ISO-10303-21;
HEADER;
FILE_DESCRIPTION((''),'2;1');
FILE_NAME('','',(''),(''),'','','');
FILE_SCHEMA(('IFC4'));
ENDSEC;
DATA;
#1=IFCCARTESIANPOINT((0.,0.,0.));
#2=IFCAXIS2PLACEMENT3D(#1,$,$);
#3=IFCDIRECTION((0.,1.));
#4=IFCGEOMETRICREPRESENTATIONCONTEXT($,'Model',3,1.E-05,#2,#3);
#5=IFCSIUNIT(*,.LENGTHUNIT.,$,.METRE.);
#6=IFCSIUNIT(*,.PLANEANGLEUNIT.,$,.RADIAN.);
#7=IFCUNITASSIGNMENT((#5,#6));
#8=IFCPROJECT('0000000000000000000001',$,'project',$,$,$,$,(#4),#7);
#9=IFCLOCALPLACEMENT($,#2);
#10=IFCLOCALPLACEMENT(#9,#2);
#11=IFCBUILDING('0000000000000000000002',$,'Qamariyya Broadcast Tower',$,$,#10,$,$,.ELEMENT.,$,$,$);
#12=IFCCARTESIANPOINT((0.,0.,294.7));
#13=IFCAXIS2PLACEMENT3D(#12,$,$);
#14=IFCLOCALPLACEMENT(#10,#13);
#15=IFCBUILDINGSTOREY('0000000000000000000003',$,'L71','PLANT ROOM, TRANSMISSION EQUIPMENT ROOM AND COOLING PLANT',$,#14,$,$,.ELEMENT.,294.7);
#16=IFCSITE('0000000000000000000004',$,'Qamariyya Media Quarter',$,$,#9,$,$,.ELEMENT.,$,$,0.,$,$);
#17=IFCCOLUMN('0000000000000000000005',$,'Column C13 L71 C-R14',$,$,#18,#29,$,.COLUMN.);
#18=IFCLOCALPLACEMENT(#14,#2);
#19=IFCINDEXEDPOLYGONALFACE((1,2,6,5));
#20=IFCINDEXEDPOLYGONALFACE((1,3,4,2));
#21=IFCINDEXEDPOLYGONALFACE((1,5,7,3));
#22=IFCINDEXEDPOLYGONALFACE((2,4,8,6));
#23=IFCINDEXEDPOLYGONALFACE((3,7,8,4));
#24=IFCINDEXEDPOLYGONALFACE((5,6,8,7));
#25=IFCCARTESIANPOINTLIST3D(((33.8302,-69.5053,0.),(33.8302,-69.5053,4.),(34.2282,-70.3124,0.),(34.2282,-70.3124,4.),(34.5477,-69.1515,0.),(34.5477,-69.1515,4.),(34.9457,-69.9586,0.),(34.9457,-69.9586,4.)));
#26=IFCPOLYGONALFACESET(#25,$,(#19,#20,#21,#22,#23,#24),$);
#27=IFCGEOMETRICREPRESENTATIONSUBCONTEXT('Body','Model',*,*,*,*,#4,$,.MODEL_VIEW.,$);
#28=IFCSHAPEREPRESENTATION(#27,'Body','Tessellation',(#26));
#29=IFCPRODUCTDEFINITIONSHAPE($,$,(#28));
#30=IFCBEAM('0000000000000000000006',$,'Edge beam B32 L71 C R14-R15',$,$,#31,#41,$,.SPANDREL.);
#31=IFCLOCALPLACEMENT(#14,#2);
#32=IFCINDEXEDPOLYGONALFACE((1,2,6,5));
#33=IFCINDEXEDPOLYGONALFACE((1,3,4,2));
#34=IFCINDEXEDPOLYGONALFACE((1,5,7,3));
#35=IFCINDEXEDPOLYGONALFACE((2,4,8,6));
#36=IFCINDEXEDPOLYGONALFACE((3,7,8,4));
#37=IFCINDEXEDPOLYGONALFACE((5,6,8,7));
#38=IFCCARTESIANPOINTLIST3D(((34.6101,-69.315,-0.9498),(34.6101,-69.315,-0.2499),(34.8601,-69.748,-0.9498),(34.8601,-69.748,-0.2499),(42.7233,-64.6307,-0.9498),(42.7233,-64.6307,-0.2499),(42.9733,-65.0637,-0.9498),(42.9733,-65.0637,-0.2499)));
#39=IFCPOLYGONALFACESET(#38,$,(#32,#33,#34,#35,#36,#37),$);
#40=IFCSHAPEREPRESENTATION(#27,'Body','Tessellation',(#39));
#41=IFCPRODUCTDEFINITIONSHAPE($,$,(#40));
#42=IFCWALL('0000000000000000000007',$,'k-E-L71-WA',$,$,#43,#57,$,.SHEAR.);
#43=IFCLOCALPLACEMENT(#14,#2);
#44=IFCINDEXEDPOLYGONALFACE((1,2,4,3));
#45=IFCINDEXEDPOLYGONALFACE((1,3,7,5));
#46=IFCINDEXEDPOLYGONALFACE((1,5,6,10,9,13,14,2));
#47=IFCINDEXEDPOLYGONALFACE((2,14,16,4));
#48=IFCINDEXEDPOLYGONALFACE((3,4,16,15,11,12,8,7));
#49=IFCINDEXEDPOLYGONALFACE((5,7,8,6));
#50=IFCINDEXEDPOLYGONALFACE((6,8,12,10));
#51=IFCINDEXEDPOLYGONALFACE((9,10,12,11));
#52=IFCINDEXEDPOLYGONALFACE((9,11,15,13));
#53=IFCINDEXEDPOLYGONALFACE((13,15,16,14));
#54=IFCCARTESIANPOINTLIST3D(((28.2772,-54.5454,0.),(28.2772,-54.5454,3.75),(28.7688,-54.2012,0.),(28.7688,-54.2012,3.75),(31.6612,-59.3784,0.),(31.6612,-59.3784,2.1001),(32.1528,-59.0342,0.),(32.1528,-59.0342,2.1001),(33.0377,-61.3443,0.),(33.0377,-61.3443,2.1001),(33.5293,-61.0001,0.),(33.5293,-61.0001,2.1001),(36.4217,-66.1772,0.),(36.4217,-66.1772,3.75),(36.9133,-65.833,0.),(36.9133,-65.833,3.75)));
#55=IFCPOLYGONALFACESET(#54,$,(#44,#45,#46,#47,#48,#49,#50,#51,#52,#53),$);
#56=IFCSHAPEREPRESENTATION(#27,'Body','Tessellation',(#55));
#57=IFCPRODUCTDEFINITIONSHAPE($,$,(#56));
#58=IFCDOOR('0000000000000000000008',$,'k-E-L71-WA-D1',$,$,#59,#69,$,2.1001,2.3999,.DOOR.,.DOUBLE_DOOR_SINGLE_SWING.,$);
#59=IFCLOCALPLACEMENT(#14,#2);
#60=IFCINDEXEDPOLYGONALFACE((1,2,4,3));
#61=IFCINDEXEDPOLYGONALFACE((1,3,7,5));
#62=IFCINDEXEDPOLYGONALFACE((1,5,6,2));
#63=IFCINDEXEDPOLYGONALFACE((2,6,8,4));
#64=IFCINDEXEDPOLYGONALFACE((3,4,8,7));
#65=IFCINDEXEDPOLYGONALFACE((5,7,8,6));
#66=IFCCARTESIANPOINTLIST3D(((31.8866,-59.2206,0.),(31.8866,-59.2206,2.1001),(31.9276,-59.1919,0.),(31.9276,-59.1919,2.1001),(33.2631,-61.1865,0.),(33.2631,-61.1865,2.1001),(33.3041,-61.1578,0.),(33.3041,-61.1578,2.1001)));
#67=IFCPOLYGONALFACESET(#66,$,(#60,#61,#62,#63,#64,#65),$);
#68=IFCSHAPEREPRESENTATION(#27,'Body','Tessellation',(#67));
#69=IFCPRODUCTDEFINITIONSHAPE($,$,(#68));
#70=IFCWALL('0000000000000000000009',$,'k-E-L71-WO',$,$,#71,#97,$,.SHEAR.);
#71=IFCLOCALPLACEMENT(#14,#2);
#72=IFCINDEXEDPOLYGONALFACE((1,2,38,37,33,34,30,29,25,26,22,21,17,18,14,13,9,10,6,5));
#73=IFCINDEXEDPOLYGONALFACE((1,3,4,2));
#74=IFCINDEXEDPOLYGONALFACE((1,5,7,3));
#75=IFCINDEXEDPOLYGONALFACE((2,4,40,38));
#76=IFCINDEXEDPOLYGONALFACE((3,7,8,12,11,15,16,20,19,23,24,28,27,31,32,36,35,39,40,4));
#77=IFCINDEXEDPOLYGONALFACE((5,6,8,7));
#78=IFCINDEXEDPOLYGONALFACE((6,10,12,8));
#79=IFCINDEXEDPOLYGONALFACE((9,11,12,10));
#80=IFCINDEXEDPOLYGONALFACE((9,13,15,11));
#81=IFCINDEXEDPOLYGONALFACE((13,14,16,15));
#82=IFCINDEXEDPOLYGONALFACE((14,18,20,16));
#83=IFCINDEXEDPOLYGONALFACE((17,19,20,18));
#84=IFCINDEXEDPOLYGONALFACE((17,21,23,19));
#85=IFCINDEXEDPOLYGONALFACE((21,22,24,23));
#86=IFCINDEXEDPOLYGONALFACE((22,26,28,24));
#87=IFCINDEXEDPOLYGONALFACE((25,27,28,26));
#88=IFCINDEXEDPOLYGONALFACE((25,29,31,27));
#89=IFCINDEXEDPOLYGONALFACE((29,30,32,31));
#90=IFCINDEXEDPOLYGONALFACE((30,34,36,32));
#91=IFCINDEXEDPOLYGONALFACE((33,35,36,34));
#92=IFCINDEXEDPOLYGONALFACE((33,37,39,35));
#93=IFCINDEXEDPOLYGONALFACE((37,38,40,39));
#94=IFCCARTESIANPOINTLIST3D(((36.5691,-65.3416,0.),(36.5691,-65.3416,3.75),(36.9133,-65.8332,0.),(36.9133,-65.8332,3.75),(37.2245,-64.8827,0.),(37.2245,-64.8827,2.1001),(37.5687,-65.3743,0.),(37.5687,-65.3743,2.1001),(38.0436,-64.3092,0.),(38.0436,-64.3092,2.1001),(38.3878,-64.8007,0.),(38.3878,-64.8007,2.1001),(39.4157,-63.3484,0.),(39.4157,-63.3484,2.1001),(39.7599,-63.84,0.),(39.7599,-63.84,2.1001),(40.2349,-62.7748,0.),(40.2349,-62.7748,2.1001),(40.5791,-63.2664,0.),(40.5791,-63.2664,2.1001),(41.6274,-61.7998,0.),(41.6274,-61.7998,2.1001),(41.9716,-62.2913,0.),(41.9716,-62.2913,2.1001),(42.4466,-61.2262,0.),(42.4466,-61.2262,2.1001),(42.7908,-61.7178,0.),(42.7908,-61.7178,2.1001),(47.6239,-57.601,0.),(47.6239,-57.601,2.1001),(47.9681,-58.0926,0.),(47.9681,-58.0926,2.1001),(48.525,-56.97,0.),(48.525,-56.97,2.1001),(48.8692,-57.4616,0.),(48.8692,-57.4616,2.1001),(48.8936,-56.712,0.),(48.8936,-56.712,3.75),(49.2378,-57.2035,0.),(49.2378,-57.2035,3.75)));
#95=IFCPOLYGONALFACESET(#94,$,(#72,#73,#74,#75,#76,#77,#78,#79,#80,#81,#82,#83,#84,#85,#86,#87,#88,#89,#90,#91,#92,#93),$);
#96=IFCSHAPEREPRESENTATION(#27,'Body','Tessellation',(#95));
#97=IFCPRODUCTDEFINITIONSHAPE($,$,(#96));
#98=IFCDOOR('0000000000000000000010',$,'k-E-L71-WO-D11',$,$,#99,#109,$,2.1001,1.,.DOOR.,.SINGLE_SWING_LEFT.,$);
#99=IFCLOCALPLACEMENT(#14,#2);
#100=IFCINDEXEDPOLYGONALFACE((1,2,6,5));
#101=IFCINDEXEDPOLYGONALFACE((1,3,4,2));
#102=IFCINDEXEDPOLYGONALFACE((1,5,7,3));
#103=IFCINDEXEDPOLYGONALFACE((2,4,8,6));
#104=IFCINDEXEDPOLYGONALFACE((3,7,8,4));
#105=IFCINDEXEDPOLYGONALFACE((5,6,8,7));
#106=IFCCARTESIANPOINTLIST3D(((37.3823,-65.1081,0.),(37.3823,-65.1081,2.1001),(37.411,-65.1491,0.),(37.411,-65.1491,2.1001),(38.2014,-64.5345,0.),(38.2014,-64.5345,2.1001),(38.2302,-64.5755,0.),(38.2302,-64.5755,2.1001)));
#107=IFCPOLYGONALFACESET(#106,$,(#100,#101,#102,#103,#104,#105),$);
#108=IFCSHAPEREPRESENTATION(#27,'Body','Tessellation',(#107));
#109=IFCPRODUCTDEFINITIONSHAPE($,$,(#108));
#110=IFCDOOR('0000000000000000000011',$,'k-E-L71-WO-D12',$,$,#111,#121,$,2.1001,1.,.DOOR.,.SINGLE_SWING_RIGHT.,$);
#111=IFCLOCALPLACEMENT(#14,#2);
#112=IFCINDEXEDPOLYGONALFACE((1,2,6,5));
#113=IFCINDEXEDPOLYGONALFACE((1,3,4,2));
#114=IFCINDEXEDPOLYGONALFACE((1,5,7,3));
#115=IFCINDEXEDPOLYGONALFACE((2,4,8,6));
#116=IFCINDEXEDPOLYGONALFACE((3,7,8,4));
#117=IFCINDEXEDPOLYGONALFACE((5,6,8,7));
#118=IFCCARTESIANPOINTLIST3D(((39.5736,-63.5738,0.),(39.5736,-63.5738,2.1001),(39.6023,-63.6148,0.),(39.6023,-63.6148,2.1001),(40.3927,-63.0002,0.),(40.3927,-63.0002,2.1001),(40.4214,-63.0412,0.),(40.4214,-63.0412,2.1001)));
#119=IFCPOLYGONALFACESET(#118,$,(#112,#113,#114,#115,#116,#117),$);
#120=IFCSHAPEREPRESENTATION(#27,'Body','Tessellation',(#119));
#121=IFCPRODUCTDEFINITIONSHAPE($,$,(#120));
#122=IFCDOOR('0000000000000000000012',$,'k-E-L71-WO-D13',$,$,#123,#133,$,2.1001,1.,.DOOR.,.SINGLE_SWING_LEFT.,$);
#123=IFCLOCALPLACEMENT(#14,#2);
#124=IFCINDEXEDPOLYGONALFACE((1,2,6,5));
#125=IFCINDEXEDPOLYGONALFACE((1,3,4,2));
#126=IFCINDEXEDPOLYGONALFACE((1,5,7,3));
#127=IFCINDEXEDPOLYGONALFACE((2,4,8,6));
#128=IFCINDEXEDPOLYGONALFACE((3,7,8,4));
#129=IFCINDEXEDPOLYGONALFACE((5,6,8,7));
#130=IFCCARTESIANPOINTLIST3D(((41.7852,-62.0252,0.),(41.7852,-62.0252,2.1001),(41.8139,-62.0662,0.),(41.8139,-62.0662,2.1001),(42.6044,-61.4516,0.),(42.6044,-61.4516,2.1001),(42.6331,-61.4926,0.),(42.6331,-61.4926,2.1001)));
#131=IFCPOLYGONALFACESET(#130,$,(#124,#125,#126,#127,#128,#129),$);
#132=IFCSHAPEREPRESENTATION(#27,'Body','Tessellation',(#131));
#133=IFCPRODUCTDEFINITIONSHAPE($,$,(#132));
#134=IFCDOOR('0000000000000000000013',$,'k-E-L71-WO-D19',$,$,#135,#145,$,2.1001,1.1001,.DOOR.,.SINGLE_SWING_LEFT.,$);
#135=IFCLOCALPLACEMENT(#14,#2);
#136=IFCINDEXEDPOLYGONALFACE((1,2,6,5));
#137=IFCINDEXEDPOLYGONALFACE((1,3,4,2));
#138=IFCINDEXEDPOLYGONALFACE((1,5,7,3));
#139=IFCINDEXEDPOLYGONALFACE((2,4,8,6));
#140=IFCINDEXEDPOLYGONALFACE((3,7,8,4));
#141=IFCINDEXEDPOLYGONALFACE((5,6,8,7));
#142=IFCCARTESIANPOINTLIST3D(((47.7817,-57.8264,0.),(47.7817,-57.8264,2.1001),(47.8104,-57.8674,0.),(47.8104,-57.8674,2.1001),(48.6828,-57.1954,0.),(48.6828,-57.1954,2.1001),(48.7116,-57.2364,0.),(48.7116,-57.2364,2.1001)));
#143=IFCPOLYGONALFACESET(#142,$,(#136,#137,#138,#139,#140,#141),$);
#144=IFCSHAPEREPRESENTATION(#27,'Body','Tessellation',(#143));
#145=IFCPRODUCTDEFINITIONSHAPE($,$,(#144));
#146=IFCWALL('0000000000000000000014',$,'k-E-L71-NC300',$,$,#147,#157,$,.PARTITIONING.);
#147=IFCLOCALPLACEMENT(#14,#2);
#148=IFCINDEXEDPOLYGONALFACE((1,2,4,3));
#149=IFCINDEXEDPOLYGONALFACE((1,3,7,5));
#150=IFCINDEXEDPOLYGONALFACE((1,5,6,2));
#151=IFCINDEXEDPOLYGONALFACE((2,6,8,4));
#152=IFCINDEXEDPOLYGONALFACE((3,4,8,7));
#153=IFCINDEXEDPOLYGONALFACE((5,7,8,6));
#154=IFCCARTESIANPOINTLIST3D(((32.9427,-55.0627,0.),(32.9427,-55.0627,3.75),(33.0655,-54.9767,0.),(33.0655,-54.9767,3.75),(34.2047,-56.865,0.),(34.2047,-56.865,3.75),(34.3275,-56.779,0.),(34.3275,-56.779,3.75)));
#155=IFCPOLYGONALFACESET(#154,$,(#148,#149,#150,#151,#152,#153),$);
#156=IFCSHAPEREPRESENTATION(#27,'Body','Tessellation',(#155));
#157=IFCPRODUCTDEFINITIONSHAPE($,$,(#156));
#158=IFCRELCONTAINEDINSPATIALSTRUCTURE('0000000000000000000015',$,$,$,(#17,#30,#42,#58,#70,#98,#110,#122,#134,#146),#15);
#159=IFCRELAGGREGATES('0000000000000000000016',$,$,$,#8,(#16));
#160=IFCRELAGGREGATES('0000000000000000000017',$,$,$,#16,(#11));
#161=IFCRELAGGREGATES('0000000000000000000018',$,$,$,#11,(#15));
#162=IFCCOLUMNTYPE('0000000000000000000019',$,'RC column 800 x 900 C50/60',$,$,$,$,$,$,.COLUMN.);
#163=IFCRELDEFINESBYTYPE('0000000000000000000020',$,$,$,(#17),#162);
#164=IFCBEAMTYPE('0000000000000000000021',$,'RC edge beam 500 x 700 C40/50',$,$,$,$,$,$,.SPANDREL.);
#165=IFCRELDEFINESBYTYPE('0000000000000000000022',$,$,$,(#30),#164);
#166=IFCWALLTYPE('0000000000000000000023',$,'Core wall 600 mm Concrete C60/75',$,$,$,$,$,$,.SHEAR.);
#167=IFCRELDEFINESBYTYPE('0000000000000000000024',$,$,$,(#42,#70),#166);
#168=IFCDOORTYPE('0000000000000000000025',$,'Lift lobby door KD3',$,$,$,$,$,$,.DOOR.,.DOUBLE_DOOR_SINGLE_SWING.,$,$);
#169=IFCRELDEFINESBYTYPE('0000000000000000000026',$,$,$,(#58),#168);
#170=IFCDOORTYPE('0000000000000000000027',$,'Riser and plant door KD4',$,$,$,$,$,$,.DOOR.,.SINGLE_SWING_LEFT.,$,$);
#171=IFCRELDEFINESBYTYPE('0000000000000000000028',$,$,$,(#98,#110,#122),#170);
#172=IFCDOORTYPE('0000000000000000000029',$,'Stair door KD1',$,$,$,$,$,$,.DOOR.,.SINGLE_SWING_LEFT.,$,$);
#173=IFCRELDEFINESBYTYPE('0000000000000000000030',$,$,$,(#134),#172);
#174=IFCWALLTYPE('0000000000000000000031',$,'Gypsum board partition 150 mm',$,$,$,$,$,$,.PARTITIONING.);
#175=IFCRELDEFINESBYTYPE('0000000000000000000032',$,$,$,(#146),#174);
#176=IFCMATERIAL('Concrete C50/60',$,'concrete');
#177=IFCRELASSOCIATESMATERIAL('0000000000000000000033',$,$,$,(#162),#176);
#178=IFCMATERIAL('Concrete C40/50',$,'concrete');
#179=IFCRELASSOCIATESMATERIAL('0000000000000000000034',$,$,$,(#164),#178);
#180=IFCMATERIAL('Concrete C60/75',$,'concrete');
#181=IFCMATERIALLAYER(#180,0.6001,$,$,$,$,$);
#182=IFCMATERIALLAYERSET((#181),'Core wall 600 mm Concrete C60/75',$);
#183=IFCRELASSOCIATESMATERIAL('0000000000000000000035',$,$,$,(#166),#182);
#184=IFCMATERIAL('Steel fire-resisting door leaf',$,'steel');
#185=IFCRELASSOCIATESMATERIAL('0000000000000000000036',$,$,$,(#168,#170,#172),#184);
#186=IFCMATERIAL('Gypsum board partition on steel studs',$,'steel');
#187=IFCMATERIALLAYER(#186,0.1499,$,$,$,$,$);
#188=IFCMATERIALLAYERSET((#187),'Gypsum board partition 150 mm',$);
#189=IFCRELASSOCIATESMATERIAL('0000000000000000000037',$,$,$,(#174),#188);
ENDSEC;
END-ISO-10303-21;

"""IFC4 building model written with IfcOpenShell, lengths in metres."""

from ifc_helpers import new_model, si_unit, direction, frame, frame_2d, origin, origin_2d, place, context, subcontext, project, spatial, rectangle, extrude, material, layer, layer_set, material_profile, profile_set, type_object, element, fill, save


model = new_model("IFC4")

# Units and contexts
model_context = context("Model", 3, precision=1e-05, world=origin(), true_north=direction((0.0, 1.0)))
body_context = subcontext(model_context, "Body", "Model", "MODEL_VIEW")
ifc_project = project(units=[si_unit("LENGTHUNIT", "METRE"), si_unit("PLANEANGLEUNIT", "RADIAN")], contexts=[model_context])

# Site, building, storey
site_placement = place(None, origin())
site = spatial("IfcSite", under=ifc_project, at=site_placement, Name="Qamariyya Media Quarter", CompositionType="ELEMENT", RefElevation=0.0)
building_placement = place(site_placement, origin())
building = spatial("IfcBuilding", under=site, at=building_placement, Name="Qamariyya Broadcast Tower", CompositionType="ELEMENT")
storey_placement = place(building_placement, frame((0.0, 0.0, 294.7)))
storey = spatial("IfcBuildingStorey", under=building, at=storey_placement, Name="L71", Description="PLANT ROOM, TRANSMISSION EQUIPMENT ROOM AND COOLING PLANT", CompositionType="ELEMENT", Elevation=294.7)

# Column
ifc_material_1 = material(Name="Concrete C50/60", Category="concrete")
ifc_material_profile_1 = material_profile(ifc_material_1, rectangle(XDim=0.8, YDim=0.8999, at=origin_2d()))
ifc_profile_set_1 = profile_set([ifc_material_profile_1], Name="Concrete C50/60")
column_type = type_object("IfcColumnType", Name="RC column 800 x 900 C50/60", PredefinedType="COLUMN", material=ifc_profile_set_1)
column_placement = place(storey_placement, frame((34.3879, -69.7319, 0.0), z_axis=(0.0, 0.0, 1.0), x_axis=(0.896873, 0.442289, 0.0)))
element("IfcColumn", 1, at=column_placement, inside=storey, type_object=column_type, Name="Column C13 L71 C-R14", PredefinedType="COLUMN", context=body_context, shape_type="SweptSolid", body=[
    extrude(rectangle(XDim=0.8, YDim=0.8999, at=origin_2d()), origin(), (0.0, 0.0, 1.0), 4.0),
])

# Beam
ifc_material_2 = material(Name="Concrete C40/50", Category="concrete")
ifc_material_profile_2 = material_profile(ifc_material_2, rectangle(XDim=0.5, YDim=0.7, at=origin_2d()))
ifc_profile_set_2 = profile_set([ifc_material_profile_2], Name="Concrete C40/50")
beam_type = type_object("IfcBeamType", Name="RC edge beam 500 x 700 C40/50", PredefinedType="SPANDREL", material=ifc_profile_set_2)
beam_placement = place(storey_placement, frame((34.7351, -69.5315, -0.5999), z_axis=(0.86602, 0.50001, 0.0), x_axis=(-0.50001, 0.86602, 0.0)))
element("IfcBeam", 2, at=beam_placement, inside=storey, type_object=beam_type, Name="Edge beam B32 L71 C R14-R15", PredefinedType="SPANDREL", context=body_context, shape_type="SweptSolid", body=[
    extrude(rectangle(XDim=0.5, YDim=0.7, at=origin_2d()), origin(), (0.0, 0.0, 1.0), 9.3684),
])

# Wall, opening, door
ifc_material_3 = material(Name="Concrete C60/75", Category="concrete")
ifc_layer_1 = layer(ifc_material_3, 0.6001)
ifc_layer_set_1 = layer_set([ifc_layer_1], Name="Core wall 600 mm Concrete C60/75")
wall_type_1 = type_object("IfcWallType", Name="Core wall 600 mm Concrete C60/75", PredefinedType="SHEAR", material=ifc_layer_set_1)
wall_1_placement = place(storey_placement, frame((36.6675, -66.0051, 0.0), z_axis=(0.0, 0.0, 1.0), x_axis=(-0.573568, 0.819158, 0.0)))
wall_1 = element("IfcWall", 3, at=wall_1_placement, inside=storey, type_object=wall_type_1, Name="k-E-L71-WA", PredefinedType="SHEAR", context=body_context, shape_type="SweptSolid", body=[
    extrude(rectangle(XDim=14.1997, YDim=0.6001, at=frame_2d((7.0999, 0.0))), origin(), (0.0, 0.0, 1.0), 3.75),
])
opening_1_placement = place(wall_1_placement, frame((5.8999, 0.0, 0.0)))
opening_1 = element("IfcOpeningElement", 4, at=opening_1_placement, cuts=wall_1, PredefinedType="OPENING", context=body_context, shape_type="SweptSolid", body=[
    extrude(rectangle(XDim=2.3999, YDim=2.1001, at=frame_2d((1.2, 1.05))), frame((0.0, 0.3101, 0.0), z_axis=(0.0, -1.0, 0.0), x_axis=(1.0, 0.0, 0.0)), (0.0, 0.0, 1.0), 0.6201),
])
ifc_material_4 = material(Name="Steel fire-resisting door leaf", Category="steel")
door_type_1 = type_object("IfcDoorType", Name="Lift lobby door KD3", OperationType="DOUBLE_DOOR_SINGLE_SWING", PredefinedType="DOOR", material=ifc_material_4)
door_1_placement = place(opening_1_placement, origin())
door_1 = element("IfcDoor", 5, at=door_1_placement, inside=storey, type_object=door_type_1, Name="k-E-L71-WA-D1", OperationType="DOUBLE_DOOR_SINGLE_SWING", OverallHeight=2.1001, OverallWidth=2.3999, PredefinedType="DOOR", context=body_context, shape_type="SweptSolid", body=[
    extrude(rectangle(XDim=2.3999, YDim=2.1001, at=frame_2d((1.2, 1.05))), frame((0.0, 0.0249, 0.0), z_axis=(0.0, -1.0, 0.0), x_axis=(1.0, 0.0, 0.0)), (0.0, 0.0, 1.0), 0.05),
])
fill(opening_1, door_1)

# Wall, openings, doors
wall_2_placement = place(storey_placement, frame((36.7412, -65.5874, 0.0), z_axis=(0.0, 0.0, 1.0), x_axis=(0.819153, 0.573575, 0.0)))
wall_2 = element("IfcWall", 6, at=wall_2_placement, inside=storey, type_object=wall_type_1, Name="k-E-L71-WO", PredefinedType="SHEAR", context=body_context, shape_type="SweptSolid", body=[
    extrude(rectangle(XDim=15.0454, YDim=0.6001, at=frame_2d((7.5227, 0.0))), origin(), (0.0, 0.0, 1.0), 3.75),
])
opening_2_placement = place(wall_2_placement, frame((0.8, 0.0, 0.0)))
opening_2 = element("IfcOpeningElement", 7, at=opening_2_placement, cuts=wall_2, PredefinedType="OPENING", context=body_context, shape_type="SweptSolid", body=[
    extrude(rectangle(XDim=1.0, YDim=2.1001, at=frame_2d((0.5, 1.05))), frame((0.0, 0.3101, 0.0), z_axis=(0.0, -1.0, 0.0), x_axis=(1.0, 0.0, 0.0)), (0.0, 0.0, 1.0), 0.6201),
])
opening_3_placement = place(wall_2_placement, frame((3.4751, 0.0, 0.0)))
opening_3 = element("IfcOpeningElement", 8, at=opening_3_placement, cuts=wall_2, PredefinedType="OPENING", context=body_context, shape_type="SweptSolid", body=[
    extrude(rectangle(XDim=1.0, YDim=2.1001, at=frame_2d((0.5, 1.05))), frame((0.0, 0.3101, 0.0), z_axis=(0.0, -1.0, 0.0), x_axis=(1.0, 0.0, 0.0)), (0.0, 0.0, 1.0), 0.6201),
])
opening_4_placement = place(wall_2_placement, frame((6.175, 0.0, 0.0)))
opening_4 = element("IfcOpeningElement", 9, at=opening_4_placement, cuts=wall_2, PredefinedType="OPENING", context=body_context, shape_type="SweptSolid", body=[
    extrude(rectangle(XDim=1.0, YDim=2.1001, at=frame_2d((0.5, 1.05))), frame((0.0, 0.3101, 0.0), z_axis=(0.0, -1.0, 0.0), x_axis=(1.0, 0.0, 0.0)), (0.0, 0.0, 1.0), 0.6201),
])
opening_5_placement = place(wall_2_placement, frame((13.4954, 0.0, 0.0)))
opening_5 = element("IfcOpeningElement", 10, at=opening_5_placement, cuts=wall_2, PredefinedType="OPENING", context=body_context, shape_type="SweptSolid", body=[
    extrude(rectangle(XDim=1.1001, YDim=2.1001, at=frame_2d((0.55, 1.05))), frame((0.0, 0.3101, 0.0), z_axis=(0.0, -1.0, 0.0), x_axis=(1.0, 0.0, 0.0)), (0.0, 0.0, 1.0), 0.6201),
])
door_type_2 = type_object("IfcDoorType", Name="Riser and plant door KD4", OperationType="SINGLE_SWING_LEFT", PredefinedType="DOOR", material=ifc_material_4)
door_2_placement = place(opening_2_placement, origin())
door_2 = element("IfcDoor", 11, at=door_2_placement, inside=storey, type_object=door_type_2, Name="k-E-L71-WO-D11", OperationType="SINGLE_SWING_LEFT", OverallHeight=2.1001, OverallWidth=1.0, PredefinedType="DOOR", context=body_context, shape_type="SweptSolid", body=[
    extrude(rectangle(XDim=1.0, YDim=2.1001, at=frame_2d((0.5, 1.05))), frame((0.0, 0.0249, 0.0), z_axis=(0.0, -1.0, 0.0), x_axis=(1.0, 0.0, 0.0)), (0.0, 0.0, 1.0), 0.05),
])
fill(opening_2, door_2)
door_3_placement = place(opening_3_placement, origin())
door_3 = element("IfcDoor", 12, at=door_3_placement, inside=storey, type_object=door_type_2, Name="k-E-L71-WO-D12", OperationType="SINGLE_SWING_RIGHT", OverallHeight=2.1001, OverallWidth=1.0, PredefinedType="DOOR", context=body_context, shape_type="SweptSolid", body=[
    extrude(rectangle(XDim=1.0, YDim=2.1001, at=frame_2d((0.5, 1.05))), frame((0.0, 0.0249, 0.0), z_axis=(0.0, -1.0, 0.0), x_axis=(1.0, 0.0, 0.0)), (0.0, 0.0, 1.0), 0.05),
])
fill(opening_3, door_3)
door_4_placement = place(opening_4_placement, origin())
door_4 = element("IfcDoor", 13, at=door_4_placement, inside=storey, type_object=door_type_2, Name="k-E-L71-WO-D13", OperationType="SINGLE_SWING_LEFT", OverallHeight=2.1001, OverallWidth=1.0, PredefinedType="DOOR", context=body_context, shape_type="SweptSolid", body=[
    extrude(rectangle(XDim=1.0, YDim=2.1001, at=frame_2d((0.5, 1.05))), frame((0.0, 0.0249, 0.0), z_axis=(0.0, -1.0, 0.0), x_axis=(1.0, 0.0, 0.0)), (0.0, 0.0, 1.0), 0.05),
])
fill(opening_4, door_4)
door_type_3 = type_object("IfcDoorType", Name="Stair door KD1", OperationType="SINGLE_SWING_LEFT", PredefinedType="DOOR", material=ifc_material_4)
door_5_placement = place(opening_5_placement, origin())
door_5 = element("IfcDoor", 14, at=door_5_placement, inside=storey, type_object=door_type_3, Name="k-E-L71-WO-D19", OperationType="SINGLE_SWING_LEFT", OverallHeight=2.1001, OverallWidth=1.1001, PredefinedType="DOOR", context=body_context, shape_type="SweptSolid", body=[
    extrude(rectangle(XDim=1.1001, YDim=2.1001, at=frame_2d((0.55, 1.05))), frame((0.0, 0.0249, 0.0), z_axis=(0.0, -1.0, 0.0), x_axis=(1.0, 0.0, 0.0)), (0.0, 0.0, 1.0), 0.05),
])
fill(opening_5, door_5)

# Wall
ifc_material_5 = material(Name="Gypsum board partition on steel studs", Category="steel")
ifc_layer_2 = layer(ifc_material_5, 0.1499)
ifc_layer_set_2 = layer_set([ifc_layer_2], Name="Gypsum board partition 150 mm")
wall_type_2 = type_object("IfcWallType", Name="Gypsum board partition 150 mm", PredefinedType="PARTITIONING", material=ifc_layer_set_2)
wall_3_placement = place(storey_placement, frame((34.2661, -56.822, 0.0), z_axis=(0.0, 0.0, 1.0), x_axis=(-0.573581, 0.819149, 0.0)))
element("IfcWall", 15, at=wall_3_placement, inside=storey, type_object=wall_type_2, Name="k-E-L71-NC300", PredefinedType="PARTITIONING", context=body_context, shape_type="SweptSolid", body=[
    extrude(rectangle(XDim=2.2002, YDim=0.1499, at=frame_2d((1.1001, 0.0))), origin(), (0.0, 0.0, 1.0), 3.75),
])

save(model, "model.ifc")
